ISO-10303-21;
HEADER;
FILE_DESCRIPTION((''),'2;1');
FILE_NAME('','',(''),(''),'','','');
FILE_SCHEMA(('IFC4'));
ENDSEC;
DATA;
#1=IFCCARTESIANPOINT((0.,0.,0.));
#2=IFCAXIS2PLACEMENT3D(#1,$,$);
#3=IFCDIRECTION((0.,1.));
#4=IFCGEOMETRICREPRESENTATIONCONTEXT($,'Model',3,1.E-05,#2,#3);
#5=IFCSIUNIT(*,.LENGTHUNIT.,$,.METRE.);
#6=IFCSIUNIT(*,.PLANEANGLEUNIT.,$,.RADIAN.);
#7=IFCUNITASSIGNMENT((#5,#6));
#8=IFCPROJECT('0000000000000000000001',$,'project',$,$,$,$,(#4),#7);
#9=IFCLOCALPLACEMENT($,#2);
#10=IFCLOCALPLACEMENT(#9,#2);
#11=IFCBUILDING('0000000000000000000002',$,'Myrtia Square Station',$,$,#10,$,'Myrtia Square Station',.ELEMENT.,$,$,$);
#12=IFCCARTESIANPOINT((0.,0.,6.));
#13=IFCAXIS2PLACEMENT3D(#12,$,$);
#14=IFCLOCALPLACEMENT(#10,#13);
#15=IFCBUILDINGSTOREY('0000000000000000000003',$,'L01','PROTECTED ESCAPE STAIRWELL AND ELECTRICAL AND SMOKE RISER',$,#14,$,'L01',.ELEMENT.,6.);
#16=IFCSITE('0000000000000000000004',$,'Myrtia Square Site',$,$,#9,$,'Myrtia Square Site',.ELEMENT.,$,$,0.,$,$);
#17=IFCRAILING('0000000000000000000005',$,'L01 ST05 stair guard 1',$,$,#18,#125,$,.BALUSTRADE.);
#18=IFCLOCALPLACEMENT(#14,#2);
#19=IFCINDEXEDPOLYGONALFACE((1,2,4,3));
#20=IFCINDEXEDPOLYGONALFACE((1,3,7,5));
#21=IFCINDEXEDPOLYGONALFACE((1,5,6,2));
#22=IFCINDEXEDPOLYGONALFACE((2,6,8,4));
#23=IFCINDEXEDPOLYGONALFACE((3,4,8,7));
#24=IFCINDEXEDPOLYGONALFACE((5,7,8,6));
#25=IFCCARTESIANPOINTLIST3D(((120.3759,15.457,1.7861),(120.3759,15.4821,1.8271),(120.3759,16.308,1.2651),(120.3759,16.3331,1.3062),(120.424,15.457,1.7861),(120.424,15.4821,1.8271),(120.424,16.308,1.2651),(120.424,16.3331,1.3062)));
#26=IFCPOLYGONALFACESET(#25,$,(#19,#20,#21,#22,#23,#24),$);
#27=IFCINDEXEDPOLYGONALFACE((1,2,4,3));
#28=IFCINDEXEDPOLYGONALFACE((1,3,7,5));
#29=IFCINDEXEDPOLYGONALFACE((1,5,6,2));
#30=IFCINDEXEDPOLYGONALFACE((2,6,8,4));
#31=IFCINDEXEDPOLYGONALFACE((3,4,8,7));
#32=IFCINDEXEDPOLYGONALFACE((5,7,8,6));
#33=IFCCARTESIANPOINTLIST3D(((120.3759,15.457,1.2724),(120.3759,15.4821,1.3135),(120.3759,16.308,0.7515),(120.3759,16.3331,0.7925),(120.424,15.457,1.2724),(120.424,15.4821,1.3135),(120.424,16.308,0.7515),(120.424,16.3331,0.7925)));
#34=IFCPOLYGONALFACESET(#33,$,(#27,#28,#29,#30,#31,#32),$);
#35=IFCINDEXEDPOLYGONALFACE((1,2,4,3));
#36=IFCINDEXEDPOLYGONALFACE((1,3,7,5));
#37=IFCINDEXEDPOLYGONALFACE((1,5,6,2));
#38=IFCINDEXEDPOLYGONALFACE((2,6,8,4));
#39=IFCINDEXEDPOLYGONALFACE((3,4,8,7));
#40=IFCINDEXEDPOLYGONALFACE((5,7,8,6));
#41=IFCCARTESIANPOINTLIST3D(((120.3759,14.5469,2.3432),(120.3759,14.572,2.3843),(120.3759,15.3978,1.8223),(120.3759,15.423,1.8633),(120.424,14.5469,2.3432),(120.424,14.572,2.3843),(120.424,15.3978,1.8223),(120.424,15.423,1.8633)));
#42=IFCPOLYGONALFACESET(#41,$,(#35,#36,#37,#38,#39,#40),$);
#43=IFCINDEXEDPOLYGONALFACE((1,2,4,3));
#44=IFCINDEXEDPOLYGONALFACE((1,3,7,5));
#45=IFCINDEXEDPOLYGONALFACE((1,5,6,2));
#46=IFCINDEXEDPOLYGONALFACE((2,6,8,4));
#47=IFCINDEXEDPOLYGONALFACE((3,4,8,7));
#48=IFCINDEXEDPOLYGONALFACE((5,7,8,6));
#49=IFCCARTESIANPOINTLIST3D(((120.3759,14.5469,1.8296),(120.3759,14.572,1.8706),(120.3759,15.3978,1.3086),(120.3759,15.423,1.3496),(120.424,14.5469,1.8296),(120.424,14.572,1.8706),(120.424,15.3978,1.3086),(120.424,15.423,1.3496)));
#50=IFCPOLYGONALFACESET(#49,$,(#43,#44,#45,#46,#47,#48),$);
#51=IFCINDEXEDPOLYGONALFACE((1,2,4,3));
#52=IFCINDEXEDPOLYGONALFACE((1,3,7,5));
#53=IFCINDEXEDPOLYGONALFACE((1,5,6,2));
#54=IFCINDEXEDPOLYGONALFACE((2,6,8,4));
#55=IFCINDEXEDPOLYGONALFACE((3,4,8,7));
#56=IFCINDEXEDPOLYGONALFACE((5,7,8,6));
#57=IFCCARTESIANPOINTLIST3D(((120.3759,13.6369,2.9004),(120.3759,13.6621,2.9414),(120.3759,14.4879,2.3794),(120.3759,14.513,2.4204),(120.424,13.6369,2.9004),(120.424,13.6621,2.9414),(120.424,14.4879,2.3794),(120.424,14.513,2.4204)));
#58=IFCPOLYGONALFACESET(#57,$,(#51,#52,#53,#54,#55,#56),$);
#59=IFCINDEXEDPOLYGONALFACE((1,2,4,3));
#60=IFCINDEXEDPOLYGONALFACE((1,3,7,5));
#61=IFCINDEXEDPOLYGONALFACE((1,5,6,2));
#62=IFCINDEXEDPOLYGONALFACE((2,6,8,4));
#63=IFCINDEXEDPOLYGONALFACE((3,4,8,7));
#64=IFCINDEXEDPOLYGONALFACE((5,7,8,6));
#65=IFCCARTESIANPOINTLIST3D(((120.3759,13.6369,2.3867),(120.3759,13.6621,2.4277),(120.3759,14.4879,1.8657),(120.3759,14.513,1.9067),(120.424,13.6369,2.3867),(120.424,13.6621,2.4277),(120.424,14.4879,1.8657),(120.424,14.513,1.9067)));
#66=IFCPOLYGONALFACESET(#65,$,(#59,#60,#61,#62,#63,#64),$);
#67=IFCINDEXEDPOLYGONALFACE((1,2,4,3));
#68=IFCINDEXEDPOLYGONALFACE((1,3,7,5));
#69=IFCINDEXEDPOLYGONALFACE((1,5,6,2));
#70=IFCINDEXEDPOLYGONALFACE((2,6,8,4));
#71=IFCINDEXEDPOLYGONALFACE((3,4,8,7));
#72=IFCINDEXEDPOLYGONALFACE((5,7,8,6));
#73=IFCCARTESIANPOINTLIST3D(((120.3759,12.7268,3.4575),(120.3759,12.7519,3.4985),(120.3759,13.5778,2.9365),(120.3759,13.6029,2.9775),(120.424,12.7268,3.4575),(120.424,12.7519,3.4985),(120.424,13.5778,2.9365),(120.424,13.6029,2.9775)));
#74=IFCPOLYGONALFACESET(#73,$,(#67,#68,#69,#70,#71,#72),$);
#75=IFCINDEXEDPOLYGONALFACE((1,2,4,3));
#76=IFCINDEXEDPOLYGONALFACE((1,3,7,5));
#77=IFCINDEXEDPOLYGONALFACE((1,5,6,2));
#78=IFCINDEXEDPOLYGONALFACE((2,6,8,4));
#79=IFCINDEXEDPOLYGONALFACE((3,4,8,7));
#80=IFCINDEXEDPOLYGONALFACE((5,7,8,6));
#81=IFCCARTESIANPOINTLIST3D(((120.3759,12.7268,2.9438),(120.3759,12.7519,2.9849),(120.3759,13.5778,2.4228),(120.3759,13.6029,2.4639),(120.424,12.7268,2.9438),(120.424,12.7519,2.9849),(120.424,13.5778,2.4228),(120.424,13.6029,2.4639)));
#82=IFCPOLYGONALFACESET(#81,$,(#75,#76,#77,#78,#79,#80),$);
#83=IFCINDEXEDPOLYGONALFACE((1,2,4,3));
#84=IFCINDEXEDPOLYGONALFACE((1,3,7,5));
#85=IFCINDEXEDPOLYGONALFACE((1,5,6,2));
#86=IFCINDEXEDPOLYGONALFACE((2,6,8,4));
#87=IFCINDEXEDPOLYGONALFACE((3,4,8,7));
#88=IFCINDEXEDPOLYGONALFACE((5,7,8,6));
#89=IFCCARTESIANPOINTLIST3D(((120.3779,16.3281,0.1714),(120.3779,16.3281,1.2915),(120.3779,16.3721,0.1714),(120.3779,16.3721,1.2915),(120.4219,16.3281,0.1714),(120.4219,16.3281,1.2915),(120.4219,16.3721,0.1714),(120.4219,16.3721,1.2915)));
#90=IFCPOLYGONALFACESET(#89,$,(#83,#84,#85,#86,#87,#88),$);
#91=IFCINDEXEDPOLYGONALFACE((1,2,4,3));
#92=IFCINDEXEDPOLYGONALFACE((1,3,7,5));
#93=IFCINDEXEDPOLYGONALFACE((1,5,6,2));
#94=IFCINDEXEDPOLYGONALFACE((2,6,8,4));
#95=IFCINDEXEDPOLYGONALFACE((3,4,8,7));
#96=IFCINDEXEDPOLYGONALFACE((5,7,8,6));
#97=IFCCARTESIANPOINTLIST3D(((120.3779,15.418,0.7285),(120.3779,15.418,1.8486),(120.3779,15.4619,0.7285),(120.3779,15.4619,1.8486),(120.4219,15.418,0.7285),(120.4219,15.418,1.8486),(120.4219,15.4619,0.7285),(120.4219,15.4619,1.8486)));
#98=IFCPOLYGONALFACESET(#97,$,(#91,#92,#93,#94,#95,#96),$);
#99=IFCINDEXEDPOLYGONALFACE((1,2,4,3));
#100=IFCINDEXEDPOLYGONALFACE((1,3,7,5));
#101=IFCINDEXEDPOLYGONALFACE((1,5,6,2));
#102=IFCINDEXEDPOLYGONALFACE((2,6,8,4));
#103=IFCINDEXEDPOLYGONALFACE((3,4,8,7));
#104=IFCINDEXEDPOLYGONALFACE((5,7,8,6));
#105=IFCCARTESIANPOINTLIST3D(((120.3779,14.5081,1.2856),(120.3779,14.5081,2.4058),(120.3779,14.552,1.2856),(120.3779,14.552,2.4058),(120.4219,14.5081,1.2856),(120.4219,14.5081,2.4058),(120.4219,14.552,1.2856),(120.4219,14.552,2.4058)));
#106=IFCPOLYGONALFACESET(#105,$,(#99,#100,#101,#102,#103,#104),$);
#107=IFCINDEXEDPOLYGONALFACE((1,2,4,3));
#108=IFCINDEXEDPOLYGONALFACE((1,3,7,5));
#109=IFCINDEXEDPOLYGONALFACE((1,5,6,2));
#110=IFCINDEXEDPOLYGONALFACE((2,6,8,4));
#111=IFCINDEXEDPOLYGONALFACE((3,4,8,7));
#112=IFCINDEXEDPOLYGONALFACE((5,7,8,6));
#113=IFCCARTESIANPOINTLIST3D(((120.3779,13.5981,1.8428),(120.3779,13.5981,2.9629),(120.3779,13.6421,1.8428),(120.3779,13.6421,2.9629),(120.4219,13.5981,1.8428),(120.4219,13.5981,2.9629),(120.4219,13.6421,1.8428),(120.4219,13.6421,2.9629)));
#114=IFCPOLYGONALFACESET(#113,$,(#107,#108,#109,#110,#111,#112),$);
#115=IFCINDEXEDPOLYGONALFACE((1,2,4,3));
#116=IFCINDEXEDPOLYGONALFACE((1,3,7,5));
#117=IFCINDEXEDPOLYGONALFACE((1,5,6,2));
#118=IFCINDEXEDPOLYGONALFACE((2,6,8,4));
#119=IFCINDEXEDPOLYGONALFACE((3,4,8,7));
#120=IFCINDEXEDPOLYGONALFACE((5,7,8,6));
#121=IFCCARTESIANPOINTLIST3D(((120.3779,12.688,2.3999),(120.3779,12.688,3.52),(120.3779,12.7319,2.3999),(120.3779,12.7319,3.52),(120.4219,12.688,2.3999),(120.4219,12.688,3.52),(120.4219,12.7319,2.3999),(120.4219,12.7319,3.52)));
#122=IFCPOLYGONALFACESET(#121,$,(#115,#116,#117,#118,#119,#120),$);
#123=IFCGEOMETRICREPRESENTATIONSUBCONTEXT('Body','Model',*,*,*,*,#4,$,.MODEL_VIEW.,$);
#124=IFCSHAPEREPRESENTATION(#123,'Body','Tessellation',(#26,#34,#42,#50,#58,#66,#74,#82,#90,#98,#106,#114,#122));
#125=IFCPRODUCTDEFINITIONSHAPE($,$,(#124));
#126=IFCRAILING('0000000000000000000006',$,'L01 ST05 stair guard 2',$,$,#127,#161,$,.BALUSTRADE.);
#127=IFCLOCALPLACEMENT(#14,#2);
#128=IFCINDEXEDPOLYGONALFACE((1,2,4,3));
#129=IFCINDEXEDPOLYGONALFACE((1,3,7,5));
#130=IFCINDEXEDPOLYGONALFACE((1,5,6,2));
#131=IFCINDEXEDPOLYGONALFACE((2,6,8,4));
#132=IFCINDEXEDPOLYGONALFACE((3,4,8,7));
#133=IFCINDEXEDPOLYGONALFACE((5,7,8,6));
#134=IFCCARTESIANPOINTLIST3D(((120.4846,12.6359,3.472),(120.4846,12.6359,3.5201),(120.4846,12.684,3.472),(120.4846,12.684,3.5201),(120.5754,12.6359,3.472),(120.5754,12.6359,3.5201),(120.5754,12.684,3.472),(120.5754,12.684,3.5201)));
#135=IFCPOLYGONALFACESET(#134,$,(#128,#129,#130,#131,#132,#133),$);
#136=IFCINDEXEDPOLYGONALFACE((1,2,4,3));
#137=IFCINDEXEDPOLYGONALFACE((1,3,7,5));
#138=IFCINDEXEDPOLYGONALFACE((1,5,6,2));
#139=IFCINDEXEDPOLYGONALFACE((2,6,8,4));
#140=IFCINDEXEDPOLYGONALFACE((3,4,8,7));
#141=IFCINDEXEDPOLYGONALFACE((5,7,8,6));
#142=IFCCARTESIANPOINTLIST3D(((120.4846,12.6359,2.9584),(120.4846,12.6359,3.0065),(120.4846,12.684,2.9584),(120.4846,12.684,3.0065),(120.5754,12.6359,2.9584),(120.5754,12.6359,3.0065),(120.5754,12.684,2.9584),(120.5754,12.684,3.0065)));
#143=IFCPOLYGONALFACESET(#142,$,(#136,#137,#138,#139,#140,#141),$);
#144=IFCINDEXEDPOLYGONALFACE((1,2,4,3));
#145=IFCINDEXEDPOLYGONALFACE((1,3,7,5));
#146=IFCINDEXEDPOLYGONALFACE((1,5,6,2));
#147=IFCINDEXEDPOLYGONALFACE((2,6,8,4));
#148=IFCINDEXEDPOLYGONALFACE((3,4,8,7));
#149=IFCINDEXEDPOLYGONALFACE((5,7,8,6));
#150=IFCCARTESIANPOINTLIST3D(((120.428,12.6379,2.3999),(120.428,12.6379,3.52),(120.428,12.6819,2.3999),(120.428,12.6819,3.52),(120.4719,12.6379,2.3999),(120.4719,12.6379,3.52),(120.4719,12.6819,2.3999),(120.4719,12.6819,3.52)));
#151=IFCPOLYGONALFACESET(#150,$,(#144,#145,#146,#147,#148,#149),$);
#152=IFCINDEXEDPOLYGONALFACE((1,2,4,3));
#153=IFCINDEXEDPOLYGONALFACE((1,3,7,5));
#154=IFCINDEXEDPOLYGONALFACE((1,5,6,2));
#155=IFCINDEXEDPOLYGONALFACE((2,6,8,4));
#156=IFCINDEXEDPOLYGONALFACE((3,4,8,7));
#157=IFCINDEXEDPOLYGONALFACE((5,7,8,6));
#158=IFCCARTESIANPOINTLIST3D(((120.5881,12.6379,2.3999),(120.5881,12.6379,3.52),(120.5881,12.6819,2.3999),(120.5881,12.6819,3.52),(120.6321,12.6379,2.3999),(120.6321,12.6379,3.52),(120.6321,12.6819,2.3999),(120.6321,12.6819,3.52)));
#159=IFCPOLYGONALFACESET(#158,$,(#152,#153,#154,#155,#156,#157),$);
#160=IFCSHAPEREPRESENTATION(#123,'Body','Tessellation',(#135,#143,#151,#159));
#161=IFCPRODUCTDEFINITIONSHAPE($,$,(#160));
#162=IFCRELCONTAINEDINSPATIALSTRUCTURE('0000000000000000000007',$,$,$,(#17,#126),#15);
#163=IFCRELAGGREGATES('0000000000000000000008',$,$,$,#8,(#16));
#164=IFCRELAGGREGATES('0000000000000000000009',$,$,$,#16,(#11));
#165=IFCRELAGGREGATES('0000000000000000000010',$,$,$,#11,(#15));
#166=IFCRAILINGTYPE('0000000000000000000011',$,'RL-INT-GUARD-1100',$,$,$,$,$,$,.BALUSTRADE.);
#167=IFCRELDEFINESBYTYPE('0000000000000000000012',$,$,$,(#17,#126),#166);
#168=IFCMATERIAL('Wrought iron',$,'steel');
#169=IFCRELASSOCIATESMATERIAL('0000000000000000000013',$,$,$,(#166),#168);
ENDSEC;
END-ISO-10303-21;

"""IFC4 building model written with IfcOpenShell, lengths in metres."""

from ifc_helpers import new_model, si_unit, direction, frame, origin, origin_2d, place, context, subcontext, project, spatial, rectangle, extrude, material, type_object, element, save


model = new_model("IFC4")

# Units and contexts
model_context = context("Model", 3, precision=1e-05, world=origin(), true_north=direction((0.0, 1.0)))
body_context = subcontext(model_context, "Body", "Model", "MODEL_VIEW")
ifc_project = project(units=[si_unit("LENGTHUNIT", "METRE"), si_unit("PLANEANGLEUNIT", "RADIAN")], contexts=[model_context])

# Site, building, storey
site_placement = place(None, origin())
site = spatial("IfcSite", under=ifc_project, at=site_placement, Name="Myrtia Square Site", LongName="Myrtia Square Site", CompositionType="ELEMENT", RefElevation=0.0)
building_placement = place(site_placement, origin())
building = spatial("IfcBuilding", under=site, at=building_placement, Name="Myrtia Square Station", LongName="Myrtia Square Station", CompositionType="ELEMENT")
storey_placement = place(building_placement, frame((0.0, 0.0, 6.0)))
storey = spatial("IfcBuildingStorey", under=building, at=storey_placement, Name="L01", Description="PROTECTED ESCAPE STAIRWELL AND ELECTRICAL AND SMOKE RISER", LongName="L01", CompositionType="ELEMENT", Elevation=6.0)

# Railings
ifc_material_1 = material(Name="Wrought iron", Category="steel")
railing_type_1 = type_object("IfcRailingType", Name="RL-INT-GUARD-1100", PredefinedType="BALUSTRADE", material=ifc_material_1)
railing_1_placement = place(storey_placement, frame((120.3999, 16.3501, 0.1714)))
element("IfcRailing", 1, at=railing_1_placement, inside=storey, type_object=railing_type_1, Name="L01 ST05 stair guard 1", PredefinedType="BALUSTRADE", context=body_context, shape_type="SweptSolid", body=[
    extrude(rectangle(XDim=0.0481, YDim=0.0481, at=origin_2d()), frame((0.0, -0.0295, 1.1143), z_axis=(0.0, -0.852866, 0.52213), x_axis=(1.0, 0.0, 0.0)), (0.0, 0.0, 1.0), 0.9978),
    extrude(rectangle(XDim=0.0481, YDim=0.0481, at=origin_2d()), frame((0.0, -0.0295, 0.6006), z_axis=(0.0, -0.852866, 0.52213), x_axis=(1.0, 0.0, 0.0)), (0.0, 0.0, 1.0), 0.9978),
    extrude(rectangle(XDim=0.0481, YDim=0.0481, at=origin_2d()), frame((0.0, -0.9397, 1.6714), z_axis=(0.0, -0.852866, 0.52213), x_axis=(1.0, 0.0, 0.0)), (0.0, 0.0, 1.0), 0.9978),
    extrude(rectangle(XDim=0.0481, YDim=0.0481, at=origin_2d()), frame((0.0, -0.9397, 1.1577), z_axis=(0.0, -0.852866, 0.52213), x_axis=(1.0, 0.0, 0.0)), (0.0, 0.0, 1.0), 0.9978),
    extrude(rectangle(XDim=0.0481, YDim=0.0481, at=origin_2d()), frame((0.0, -1.8496, 2.2285), z_axis=(0.0, -0.852866, 0.52213), x_axis=(1.0, 0.0, 0.0)), (0.0, 0.0, 1.0), 0.9978),
    extrude(rectangle(XDim=0.0481, YDim=0.0481, at=origin_2d()), frame((0.0, -1.8496, 1.7148), z_axis=(0.0, -0.852866, 0.52213), x_axis=(1.0, 0.0, 0.0)), (0.0, 0.0, 1.0), 0.9978),
    extrude(rectangle(XDim=0.0481, YDim=0.0481, at=origin_2d()), frame((0.0, -2.7598, 2.7856), z_axis=(0.0, -0.852866, 0.52213), x_axis=(1.0, 0.0, 0.0)), (0.0, 0.0, 1.0), 0.9978),
    extrude(rectangle(XDim=0.0481, YDim=0.0481, at=origin_2d()), frame((0.0, -2.7598, 2.272), z_axis=(0.0, -0.852866, 0.52213), x_axis=(1.0, 0.0, 0.0)), (0.0, 0.0, 1.0), 0.9978),
    extrude(rectangle(XDim=0.0439, YDim=0.0439, at=origin_2d()), origin(), (0.0, 0.0, 1.0), 1.1201),
    extrude(rectangle(XDim=0.0439, YDim=0.0439, at=origin_2d()), frame((0.0, -0.9102, 0.5571)), (0.0, 0.0, 1.0), 1.1201),
    extrude(rectangle(XDim=0.0439, YDim=0.0439, at=origin_2d()), frame((0.0, -1.8201, 1.1143)), (0.0, 0.0, 1.0), 1.1201),
    extrude(rectangle(XDim=0.0439, YDim=0.0439, at=origin_2d()), frame((0.0, -2.73, 1.6714)), (0.0, 0.0, 1.0), 1.1201),
    extrude(rectangle(XDim=0.0439, YDim=0.0439, at=origin_2d()), frame((0.0, -3.6401, 2.2285)), (0.0, 0.0, 1.0), 1.1201),
])
railing_2_placement = place(storey_placement, frame((120.45, 12.6599, 2.3999)))
element("IfcRailing", 2, at=railing_2_placement, inside=storey, type_object=railing_type_1, Name="L01 ST05 stair guard 2", PredefinedType="BALUSTRADE", context=body_context, shape_type="SweptSolid", body=[
    extrude(rectangle(XDim=0.0481, YDim=0.0481, at=origin_2d()), frame((0.0347, 0.0, 1.0962), z_axis=(1.0, 0.0, 0.0), x_axis=(0.0, 1.0, 0.0)), (0.0, 0.0, 1.0), 0.0908),
    extrude(rectangle(XDim=0.0481, YDim=0.0481, at=origin_2d()), frame((0.0347, 0.0, 0.5825), z_axis=(1.0, 0.0, 0.0), x_axis=(0.0, 1.0, 0.0)), (0.0, 0.0, 1.0), 0.0908),
    extrude(rectangle(XDim=0.0439, YDim=0.0439, at=origin_2d()), origin(), (0.0, 0.0, 1.0), 1.1201),
    extrude(rectangle(XDim=0.0439, YDim=0.0439, at=origin_2d()), frame((0.1602, 0.0, 0.0)), (0.0, 0.0, 1.0), 1.1201),
])

save(model, "model.ifc")
